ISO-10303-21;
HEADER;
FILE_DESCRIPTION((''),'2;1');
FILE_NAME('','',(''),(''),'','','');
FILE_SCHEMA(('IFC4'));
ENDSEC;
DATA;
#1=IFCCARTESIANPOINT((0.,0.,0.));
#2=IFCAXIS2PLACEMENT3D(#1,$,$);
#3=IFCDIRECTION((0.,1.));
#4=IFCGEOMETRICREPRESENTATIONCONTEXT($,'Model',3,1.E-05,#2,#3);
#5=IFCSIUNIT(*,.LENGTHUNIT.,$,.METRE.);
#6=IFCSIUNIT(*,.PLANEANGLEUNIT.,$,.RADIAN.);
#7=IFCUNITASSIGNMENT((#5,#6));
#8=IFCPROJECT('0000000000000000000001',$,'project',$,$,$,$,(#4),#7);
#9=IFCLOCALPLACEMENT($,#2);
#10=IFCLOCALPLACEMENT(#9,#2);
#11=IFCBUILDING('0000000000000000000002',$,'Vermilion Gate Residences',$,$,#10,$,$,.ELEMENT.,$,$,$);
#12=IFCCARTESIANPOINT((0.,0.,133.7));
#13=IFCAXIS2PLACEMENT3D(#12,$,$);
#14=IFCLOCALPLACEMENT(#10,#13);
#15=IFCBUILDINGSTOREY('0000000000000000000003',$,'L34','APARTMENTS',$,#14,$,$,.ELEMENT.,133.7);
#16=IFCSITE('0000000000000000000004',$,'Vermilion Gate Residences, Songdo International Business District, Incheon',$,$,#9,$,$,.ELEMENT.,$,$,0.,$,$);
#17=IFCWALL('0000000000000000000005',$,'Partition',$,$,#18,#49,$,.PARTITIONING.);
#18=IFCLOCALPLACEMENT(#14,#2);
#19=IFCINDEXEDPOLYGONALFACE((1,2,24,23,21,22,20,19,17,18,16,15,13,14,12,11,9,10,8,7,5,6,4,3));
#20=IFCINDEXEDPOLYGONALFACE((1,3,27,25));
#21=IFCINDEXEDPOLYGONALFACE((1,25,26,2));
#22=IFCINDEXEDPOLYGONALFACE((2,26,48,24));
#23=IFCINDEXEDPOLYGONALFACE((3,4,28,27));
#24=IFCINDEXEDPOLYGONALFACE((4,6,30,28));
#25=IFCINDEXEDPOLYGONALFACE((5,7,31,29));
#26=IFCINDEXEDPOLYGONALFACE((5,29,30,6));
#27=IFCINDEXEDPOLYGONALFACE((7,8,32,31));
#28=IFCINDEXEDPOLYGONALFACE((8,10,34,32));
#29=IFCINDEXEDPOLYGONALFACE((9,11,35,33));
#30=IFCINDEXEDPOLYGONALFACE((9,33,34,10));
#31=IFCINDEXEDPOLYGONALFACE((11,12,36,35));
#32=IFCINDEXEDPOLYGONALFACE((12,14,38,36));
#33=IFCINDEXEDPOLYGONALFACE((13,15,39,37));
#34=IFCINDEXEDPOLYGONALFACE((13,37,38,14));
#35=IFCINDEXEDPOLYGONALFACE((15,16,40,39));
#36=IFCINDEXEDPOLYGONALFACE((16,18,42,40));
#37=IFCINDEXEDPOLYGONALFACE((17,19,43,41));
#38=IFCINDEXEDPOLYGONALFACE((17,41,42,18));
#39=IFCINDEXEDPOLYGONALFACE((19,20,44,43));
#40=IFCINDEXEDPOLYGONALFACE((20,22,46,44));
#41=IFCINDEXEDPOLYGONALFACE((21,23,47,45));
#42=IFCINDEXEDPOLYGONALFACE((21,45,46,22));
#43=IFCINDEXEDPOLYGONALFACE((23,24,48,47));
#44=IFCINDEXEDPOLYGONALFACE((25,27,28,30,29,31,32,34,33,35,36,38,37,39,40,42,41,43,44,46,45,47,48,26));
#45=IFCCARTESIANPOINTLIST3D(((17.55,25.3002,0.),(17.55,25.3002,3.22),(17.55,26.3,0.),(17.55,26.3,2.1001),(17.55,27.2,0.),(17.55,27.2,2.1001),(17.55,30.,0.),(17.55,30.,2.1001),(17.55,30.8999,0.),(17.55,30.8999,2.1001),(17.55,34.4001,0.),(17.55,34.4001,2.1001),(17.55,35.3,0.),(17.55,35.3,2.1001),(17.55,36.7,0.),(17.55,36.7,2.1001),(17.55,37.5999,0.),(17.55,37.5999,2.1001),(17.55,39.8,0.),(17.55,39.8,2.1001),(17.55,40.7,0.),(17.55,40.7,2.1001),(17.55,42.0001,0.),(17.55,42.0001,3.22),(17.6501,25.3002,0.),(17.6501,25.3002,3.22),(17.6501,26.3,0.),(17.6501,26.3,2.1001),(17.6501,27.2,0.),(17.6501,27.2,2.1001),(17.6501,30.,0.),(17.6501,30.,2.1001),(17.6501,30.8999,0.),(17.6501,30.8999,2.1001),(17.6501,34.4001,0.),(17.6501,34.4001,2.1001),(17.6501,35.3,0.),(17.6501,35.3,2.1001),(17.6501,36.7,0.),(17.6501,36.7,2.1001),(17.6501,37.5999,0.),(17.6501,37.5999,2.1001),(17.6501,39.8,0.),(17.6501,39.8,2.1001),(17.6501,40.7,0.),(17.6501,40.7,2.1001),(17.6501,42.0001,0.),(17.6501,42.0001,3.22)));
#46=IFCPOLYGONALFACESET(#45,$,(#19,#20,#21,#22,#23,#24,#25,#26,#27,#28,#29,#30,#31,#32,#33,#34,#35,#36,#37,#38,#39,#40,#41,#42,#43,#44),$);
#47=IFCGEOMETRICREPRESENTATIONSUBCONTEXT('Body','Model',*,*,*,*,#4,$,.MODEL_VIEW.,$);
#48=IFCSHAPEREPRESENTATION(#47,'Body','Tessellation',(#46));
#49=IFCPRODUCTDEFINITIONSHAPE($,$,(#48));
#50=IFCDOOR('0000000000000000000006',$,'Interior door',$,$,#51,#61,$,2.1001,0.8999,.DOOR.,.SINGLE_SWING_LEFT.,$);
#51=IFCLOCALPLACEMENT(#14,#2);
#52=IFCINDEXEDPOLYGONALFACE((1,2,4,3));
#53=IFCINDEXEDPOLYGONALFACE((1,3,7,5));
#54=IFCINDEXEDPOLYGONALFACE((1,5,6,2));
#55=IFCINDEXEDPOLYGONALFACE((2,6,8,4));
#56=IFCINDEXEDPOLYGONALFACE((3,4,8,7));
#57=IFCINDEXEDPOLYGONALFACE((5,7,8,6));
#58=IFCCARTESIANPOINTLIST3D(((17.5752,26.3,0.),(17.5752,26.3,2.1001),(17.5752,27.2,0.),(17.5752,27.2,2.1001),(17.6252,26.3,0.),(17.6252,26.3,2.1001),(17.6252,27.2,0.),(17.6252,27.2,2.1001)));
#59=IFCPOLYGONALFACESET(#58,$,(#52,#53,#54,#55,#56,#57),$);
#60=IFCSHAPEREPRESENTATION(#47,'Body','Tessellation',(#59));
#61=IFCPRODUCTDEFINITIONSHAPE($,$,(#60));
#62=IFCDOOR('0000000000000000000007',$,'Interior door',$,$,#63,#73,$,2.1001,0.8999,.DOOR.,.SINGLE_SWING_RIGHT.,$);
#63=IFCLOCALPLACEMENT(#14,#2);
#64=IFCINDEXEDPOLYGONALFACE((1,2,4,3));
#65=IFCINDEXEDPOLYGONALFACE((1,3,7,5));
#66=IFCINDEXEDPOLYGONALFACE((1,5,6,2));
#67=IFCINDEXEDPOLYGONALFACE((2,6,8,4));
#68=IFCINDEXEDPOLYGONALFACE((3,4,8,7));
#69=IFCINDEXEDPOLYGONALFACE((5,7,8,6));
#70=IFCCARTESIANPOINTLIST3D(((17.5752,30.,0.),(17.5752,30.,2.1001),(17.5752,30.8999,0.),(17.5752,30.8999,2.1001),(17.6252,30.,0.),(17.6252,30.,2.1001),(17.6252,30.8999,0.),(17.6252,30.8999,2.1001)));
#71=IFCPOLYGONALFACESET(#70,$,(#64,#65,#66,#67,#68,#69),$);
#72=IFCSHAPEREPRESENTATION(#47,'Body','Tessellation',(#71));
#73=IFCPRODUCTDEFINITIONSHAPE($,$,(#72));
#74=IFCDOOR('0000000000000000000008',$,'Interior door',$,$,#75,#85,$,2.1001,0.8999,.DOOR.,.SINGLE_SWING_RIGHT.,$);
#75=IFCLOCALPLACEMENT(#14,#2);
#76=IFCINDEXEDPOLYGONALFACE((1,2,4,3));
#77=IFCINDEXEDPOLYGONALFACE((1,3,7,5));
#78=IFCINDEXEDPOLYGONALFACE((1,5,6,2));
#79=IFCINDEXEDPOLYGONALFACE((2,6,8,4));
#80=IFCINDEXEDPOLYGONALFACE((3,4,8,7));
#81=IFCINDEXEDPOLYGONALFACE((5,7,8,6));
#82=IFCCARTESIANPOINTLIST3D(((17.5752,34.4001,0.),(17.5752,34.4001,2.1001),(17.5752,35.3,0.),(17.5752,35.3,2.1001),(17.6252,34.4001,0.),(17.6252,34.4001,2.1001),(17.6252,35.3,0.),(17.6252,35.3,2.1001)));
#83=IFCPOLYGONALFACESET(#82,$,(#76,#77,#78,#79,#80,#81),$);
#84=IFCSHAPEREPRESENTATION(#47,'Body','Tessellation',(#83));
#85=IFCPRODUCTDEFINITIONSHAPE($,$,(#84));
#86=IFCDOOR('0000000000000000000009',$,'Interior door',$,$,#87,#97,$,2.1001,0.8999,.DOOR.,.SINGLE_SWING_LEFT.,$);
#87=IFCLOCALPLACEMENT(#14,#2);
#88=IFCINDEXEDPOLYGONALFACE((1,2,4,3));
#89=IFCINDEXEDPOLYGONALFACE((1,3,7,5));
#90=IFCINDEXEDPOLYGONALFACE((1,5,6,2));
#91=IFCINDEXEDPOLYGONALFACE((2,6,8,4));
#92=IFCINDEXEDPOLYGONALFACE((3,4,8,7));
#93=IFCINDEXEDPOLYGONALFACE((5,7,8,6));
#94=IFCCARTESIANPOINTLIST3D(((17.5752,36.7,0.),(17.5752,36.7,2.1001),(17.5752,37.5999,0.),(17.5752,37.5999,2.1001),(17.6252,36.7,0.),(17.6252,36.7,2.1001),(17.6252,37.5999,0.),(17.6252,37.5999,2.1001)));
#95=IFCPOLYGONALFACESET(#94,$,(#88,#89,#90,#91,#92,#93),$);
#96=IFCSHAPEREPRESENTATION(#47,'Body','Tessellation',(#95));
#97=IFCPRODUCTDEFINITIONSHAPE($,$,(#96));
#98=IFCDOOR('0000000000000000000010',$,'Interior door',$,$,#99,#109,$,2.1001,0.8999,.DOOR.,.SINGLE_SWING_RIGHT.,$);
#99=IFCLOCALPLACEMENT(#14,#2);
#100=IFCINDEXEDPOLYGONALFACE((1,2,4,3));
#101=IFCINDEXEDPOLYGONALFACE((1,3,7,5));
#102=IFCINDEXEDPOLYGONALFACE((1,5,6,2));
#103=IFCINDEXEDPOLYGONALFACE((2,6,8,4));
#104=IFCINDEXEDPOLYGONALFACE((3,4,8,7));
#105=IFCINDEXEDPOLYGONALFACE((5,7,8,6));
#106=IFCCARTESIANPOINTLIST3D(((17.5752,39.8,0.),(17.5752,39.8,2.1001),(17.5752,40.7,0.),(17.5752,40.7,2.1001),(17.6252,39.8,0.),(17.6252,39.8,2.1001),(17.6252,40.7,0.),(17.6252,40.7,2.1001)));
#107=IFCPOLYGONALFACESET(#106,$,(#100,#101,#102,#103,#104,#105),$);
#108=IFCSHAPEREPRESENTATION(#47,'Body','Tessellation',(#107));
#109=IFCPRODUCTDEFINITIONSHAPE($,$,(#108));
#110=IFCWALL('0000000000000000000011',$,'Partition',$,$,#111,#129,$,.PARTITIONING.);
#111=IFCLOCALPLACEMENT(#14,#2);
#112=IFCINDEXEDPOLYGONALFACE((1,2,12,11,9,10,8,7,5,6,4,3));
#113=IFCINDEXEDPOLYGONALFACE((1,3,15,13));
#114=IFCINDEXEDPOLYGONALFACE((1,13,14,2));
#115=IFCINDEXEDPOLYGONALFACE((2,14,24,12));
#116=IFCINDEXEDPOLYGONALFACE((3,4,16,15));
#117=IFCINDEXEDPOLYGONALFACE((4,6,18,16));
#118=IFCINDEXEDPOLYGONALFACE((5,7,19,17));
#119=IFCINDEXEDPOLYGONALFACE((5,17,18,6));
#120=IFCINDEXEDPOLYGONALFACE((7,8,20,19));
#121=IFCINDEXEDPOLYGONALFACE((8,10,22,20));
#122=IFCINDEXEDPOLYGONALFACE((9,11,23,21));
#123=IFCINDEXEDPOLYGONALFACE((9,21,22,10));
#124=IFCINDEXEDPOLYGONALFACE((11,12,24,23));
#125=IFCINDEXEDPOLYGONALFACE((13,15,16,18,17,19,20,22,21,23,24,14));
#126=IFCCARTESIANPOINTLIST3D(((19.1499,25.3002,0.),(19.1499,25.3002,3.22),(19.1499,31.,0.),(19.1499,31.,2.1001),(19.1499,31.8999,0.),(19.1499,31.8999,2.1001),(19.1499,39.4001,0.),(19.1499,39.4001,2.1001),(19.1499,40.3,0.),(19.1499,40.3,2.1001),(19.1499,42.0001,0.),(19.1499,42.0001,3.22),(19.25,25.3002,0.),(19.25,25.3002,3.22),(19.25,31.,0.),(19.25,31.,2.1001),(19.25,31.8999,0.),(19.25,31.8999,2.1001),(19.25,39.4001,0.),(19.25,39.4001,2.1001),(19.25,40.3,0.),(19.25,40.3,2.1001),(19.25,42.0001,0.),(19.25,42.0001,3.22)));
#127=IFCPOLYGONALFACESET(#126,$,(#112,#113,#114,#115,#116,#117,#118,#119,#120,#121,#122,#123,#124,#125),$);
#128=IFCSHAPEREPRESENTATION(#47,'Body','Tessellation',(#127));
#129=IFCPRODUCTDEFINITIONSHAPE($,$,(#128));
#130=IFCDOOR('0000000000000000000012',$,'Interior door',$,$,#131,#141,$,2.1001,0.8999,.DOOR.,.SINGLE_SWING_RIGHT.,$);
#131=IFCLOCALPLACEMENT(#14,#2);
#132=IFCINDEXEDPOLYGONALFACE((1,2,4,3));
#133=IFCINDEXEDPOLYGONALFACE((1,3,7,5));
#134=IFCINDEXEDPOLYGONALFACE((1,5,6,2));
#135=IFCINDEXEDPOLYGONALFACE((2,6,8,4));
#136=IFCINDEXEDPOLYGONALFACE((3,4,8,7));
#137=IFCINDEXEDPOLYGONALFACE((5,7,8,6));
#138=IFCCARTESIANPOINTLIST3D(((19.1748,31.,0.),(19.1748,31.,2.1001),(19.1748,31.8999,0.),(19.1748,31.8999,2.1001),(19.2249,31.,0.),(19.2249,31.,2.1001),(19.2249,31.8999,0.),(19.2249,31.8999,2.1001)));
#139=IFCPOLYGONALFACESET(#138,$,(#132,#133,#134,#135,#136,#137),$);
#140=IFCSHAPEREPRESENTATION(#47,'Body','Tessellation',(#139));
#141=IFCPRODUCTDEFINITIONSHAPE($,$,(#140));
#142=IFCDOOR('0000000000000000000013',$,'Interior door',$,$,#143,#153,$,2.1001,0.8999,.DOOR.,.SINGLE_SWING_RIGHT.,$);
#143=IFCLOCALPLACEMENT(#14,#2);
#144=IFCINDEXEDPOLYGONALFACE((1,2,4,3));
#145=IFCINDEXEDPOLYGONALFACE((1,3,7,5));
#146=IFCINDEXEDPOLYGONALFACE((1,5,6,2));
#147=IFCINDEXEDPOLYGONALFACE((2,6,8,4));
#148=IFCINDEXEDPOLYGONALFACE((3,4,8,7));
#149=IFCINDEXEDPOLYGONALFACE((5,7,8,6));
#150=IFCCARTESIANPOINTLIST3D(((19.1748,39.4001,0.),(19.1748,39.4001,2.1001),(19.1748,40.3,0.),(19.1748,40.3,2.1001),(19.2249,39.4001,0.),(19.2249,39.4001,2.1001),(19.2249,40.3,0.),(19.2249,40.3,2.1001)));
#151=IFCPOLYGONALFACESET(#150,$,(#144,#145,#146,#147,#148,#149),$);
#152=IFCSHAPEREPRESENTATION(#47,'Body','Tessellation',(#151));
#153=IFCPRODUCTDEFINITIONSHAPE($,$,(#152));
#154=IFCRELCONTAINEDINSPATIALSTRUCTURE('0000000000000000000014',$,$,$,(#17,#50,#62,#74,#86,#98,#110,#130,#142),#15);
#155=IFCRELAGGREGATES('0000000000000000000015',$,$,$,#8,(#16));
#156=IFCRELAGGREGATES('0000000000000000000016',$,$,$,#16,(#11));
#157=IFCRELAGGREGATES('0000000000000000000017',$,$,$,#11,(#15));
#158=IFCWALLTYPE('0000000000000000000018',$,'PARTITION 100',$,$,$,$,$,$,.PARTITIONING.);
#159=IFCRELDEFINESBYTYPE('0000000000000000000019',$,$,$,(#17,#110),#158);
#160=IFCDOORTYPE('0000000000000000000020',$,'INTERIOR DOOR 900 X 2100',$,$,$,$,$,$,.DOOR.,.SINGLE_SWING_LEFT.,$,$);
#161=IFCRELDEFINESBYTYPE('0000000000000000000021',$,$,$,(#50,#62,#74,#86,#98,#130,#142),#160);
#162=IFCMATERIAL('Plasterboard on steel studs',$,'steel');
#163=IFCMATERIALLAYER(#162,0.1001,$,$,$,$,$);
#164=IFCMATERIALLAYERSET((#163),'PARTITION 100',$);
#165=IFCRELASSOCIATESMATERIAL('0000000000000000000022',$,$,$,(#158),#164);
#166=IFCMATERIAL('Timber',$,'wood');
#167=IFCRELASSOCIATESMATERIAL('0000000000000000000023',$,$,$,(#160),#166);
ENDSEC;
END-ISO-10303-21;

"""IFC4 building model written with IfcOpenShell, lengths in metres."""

from ifc_helpers import new_model, si_unit, direction, frame, frame_2d, origin, place, context, subcontext, project, spatial, rectangle, extrude, material, layer, layer_set, type_object, element, fill, save


model = new_model("IFC4")

# Units and contexts
model_context = context("Model", 3, precision=1e-05, world=origin(), true_north=direction((0.0, 1.0)))
body_context = subcontext(model_context, "Body", "Model", "MODEL_VIEW")
ifc_project = project(units=[si_unit("LENGTHUNIT", "METRE"), si_unit("PLANEANGLEUNIT", "RADIAN")], contexts=[model_context])

# Site, building, storey
site_placement = place(None, origin())
site = spatial("IfcSite", under=ifc_project, at=site_placement, Name="Vermilion Gate Residences, Songdo International Business District, Incheon", CompositionType="ELEMENT", RefElevation=0.0)
building_placement = place(site_placement, origin())
building = spatial("IfcBuilding", under=site, at=building_placement, Name="Vermilion Gate Residences", CompositionType="ELEMENT")
storey_placement = place(building_placement, frame((0.0, 0.0, 133.7)))
storey = spatial("IfcBuildingStorey", under=building, at=storey_placement, Name="L34", Description="APARTMENTS", CompositionType="ELEMENT", Elevation=133.7)

# Shared definitions
ifc_material_1 = material(Name="Plasterboard on steel studs", Category="steel")
ifc_layer_1 = layer(ifc_material_1, 0.1001)
ifc_layer_set_1 = layer_set([ifc_layer_1], Name="PARTITION 100")
wall_type = type_object("IfcWallType", Name="PARTITION 100", PredefinedType="PARTITIONING", material=ifc_layer_set_1)

# Walls, openings, doors
wall_1_placement = place(storey_placement, frame((17.6001, 25.3, 0.0), z_axis=(0.0, 0.0, 1.0), x_axis=(0.0, 1.0, 0.0)))
wall_1 = element("IfcWall", 1, at=wall_1_placement, inside=storey, type_object=wall_type, Name="Partition", PredefinedType="PARTITIONING", context=body_context, shape_type="SweptSolid", body=[
    extrude(rectangle(XDim=16.7, YDim=0.1001, at=frame_2d((8.3501, 0.0))), origin(), (0.0, 0.0, 1.0), 3.22),
])
opening_1_placement = place(wall_1_placement, frame((1.0, 0.0, 0.0)))
opening_1 = element("IfcOpeningElement", 2, at=opening_1_placement, cuts=wall_1, PredefinedType="OPENING", context=body_context, shape_type="SweptSolid", body=[
    extrude(rectangle(XDim=0.8999, YDim=2.1001, at=frame_2d((0.45, 1.05))), frame((0.0, 0.0601, 0.0), z_axis=(0.0, -1.0, 0.0), x_axis=(1.0, 0.0, 0.0)), (0.0, 0.0, 1.0), 0.1201),
])
opening_2_placement = place(wall_1_placement, frame((4.7, 0.0, 0.0)))
opening_2 = element("IfcOpeningElement", 3, at=opening_2_placement, cuts=wall_1, PredefinedType="OPENING", context=body_context, shape_type="SweptSolid", body=[
    extrude(rectangle(XDim=0.8999, YDim=2.1001, at=frame_2d((0.45, 1.05))), frame((0.0, 0.0601, 0.0), z_axis=(0.0, -1.0, 0.0), x_axis=(1.0, 0.0, 0.0)), (0.0, 0.0, 1.0), 0.1201),
])
opening_3_placement = place(wall_1_placement, frame((9.1001, 0.0, 0.0)))
opening_3 = element("IfcOpeningElement", 4, at=opening_3_placement, cuts=wall_1, PredefinedType="OPENING", context=body_context, shape_type="SweptSolid", body=[
    extrude(rectangle(XDim=0.8999, YDim=2.1001, at=frame_2d((0.45, 1.05))), frame((0.0, 0.0601, 0.0), z_axis=(0.0, -1.0, 0.0), x_axis=(1.0, 0.0, 0.0)), (0.0, 0.0, 1.0), 0.1201),
])
opening_4_placement = place(wall_1_placement, frame((11.3999, 0.0, 0.0)))
opening_4 = element("IfcOpeningElement", 5, at=opening_4_placement, cuts=wall_1, PredefinedType="OPENING", context=body_context, shape_type="SweptSolid", body=[
    extrude(rectangle(XDim=0.8999, YDim=2.1001, at=frame_2d((0.45, 1.05))), frame((0.0, 0.0601, 0.0), z_axis=(0.0, -1.0, 0.0), x_axis=(1.0, 0.0, 0.0)), (0.0, 0.0, 1.0), 0.1201),
])
opening_5_placement = place(wall_1_placement, frame((14.5, 0.0, 0.0)))
opening_5 = element("IfcOpeningElement", 6, at=opening_5_placement, cuts=wall_1, PredefinedType="OPENING", context=body_context, shape_type="SweptSolid", body=[
    extrude(rectangle(XDim=0.8999, YDim=2.1001, at=frame_2d((0.45, 1.05))), frame((0.0, 0.0601, 0.0), z_axis=(0.0, -1.0, 0.0), x_axis=(1.0, 0.0, 0.0)), (0.0, 0.0, 1.0), 0.1201),
])
ifc_material_2 = material(Name="Timber", Category="wood")
door_type = type_object("IfcDoorType", Name="INTERIOR DOOR 900 X 2100", OperationType="SINGLE_SWING_LEFT", PredefinedType="DOOR", material=ifc_material_2)
door_1_placement = place(opening_1_placement, origin())
door_1 = element("IfcDoor", 7, at=door_1_placement, inside=storey, type_object=door_type, Name="Interior door", OperationType="SINGLE_SWING_LEFT", OverallHeight=2.1001, OverallWidth=0.8999, PredefinedType="DOOR", context=body_context, shape_type="SweptSolid", body=[
    extrude(rectangle(XDim=0.8999, YDim=2.1001, at=frame_2d((0.45, 1.05))), frame((0.0, 0.0249, 0.0), z_axis=(0.0, -1.0, 0.0), x_axis=(1.0, 0.0, 0.0)), (0.0, 0.0, 1.0), 0.05),
])
fill(opening_1, door_1)
door_2_placement = place(opening_2_placement, origin())
door_2 = element("IfcDoor", 8, at=door_2_placement, inside=storey, type_object=door_type, Name="Interior door", OperationType="SINGLE_SWING_RIGHT", OverallHeight=2.1001, OverallWidth=0.8999, PredefinedType="DOOR", context=body_context, shape_type="SweptSolid", body=[
    extrude(rectangle(XDim=0.8999, YDim=2.1001, at=frame_2d((0.45, 1.05))), frame((0.0, 0.0249, 0.0), z_axis=(0.0, -1.0, 0.0), x_axis=(1.0, 0.0, 0.0)), (0.0, 0.0, 1.0), 0.05),
])
fill(opening_2, door_2)
door_3_placement = place(opening_3_placement, origin())
door_3 = element("IfcDoor", 9, at=door_3_placement, inside=storey, type_object=door_type, Name="Interior door", OperationType="SINGLE_SWING_RIGHT", OverallHeight=2.1001, OverallWidth=0.8999, PredefinedType="DOOR", context=body_context, shape_type="SweptSolid", body=[
    extrude(rectangle(XDim=0.8999, YDim=2.1001, at=frame_2d((0.45, 1.05))), frame((0.0, 0.0249, 0.0), z_axis=(0.0, -1.0, 0.0), x_axis=(1.0, 0.0, 0.0)), (0.0, 0.0, 1.0), 0.05),
])
fill(opening_3, door_3)
door_4_placement = place(opening_4_placement, origin())
door_4 = element("IfcDoor", 10, at=door_4_placement, inside=storey, type_object=door_type, Name="Interior door", OperationType="SINGLE_SWING_LEFT", OverallHeight=2.1001, OverallWidth=0.8999, PredefinedType="DOOR", context=body_context, shape_type="SweptSolid", body=[
    extrude(rectangle(XDim=0.8999, YDim=2.1001, at=frame_2d((0.45, 1.05))), frame((0.0, 0.0249, 0.0), z_axis=(0.0, -1.0, 0.0), x_axis=(1.0, 0.0, 0.0)), (0.0, 0.0, 1.0), 0.05),
])
fill(opening_4, door_4)
door_5_placement = place(opening_5_placement, origin())
door_5 = element("IfcDoor", 11, at=door_5_placement, inside=storey, type_object=door_type, Name="Interior door", OperationType="SINGLE_SWING_RIGHT", OverallHeight=2.1001, OverallWidth=0.8999, PredefinedType="DOOR", context=body_context, shape_type="SweptSolid", body=[
    extrude(rectangle(XDim=0.8999, YDim=2.1001, at=frame_2d((0.45, 1.05))), frame((0.0, 0.0249, 0.0), z_axis=(0.0, -1.0, 0.0), x_axis=(1.0, 0.0, 0.0)), (0.0, 0.0, 1.0), 0.05),
])
fill(opening_5, door_5)
wall_2_placement = place(storey_placement, frame((19.2, 25.3, 0.0), z_axis=(0.0, 0.0, 1.0), x_axis=(0.0, 1.0, 0.0)))
wall_2 = element("IfcWall", 12, at=wall_2_placement, inside=storey, type_object=wall_type, Name="Partition", PredefinedType="PARTITIONING", context=body_context, shape_type="SweptSolid", body=[
    extrude(rectangle(XDim=16.7, YDim=0.1001, at=frame_2d((8.3501, 0.0))), origin(), (0.0, 0.0, 1.0), 3.22),
])
opening_6_placement = place(wall_2_placement, frame((5.7, 0.0, 0.0)))
opening_6 = element("IfcOpeningElement", 13, at=opening_6_placement, cuts=wall_2, PredefinedType="OPENING", context=body_context, shape_type="SweptSolid", body=[
    extrude(rectangle(XDim=0.8999, YDim=2.1001, at=frame_2d((0.45, 1.05))), frame((0.0, 0.0601, 0.0), z_axis=(0.0, -1.0, 0.0), x_axis=(1.0, 0.0, 0.0)), (0.0, 0.0, 1.0), 0.1201),
])
opening_7_placement = place(wall_2_placement, frame((14.1001, 0.0, 0.0)))
opening_7 = element("IfcOpeningElement", 14, at=opening_7_placement, cuts=wall_2, PredefinedType="OPENING", context=body_context, shape_type="SweptSolid", body=[
    extrude(rectangle(XDim=0.8999, YDim=2.1001, at=frame_2d((0.45, 1.05))), frame((0.0, 0.0601, 0.0), z_axis=(0.0, -1.0, 0.0), x_axis=(1.0, 0.0, 0.0)), (0.0, 0.0, 1.0), 0.1201),
])
door_6_placement = place(opening_6_placement, frame((0.8999, 0.0, 0.0), z_axis=(0.0, 0.0, 1.0), x_axis=(-1.0, 0.0, 0.0)))
door_6 = element("IfcDoor", 15, at=door_6_placement, inside=storey, type_object=door_type, Name="Interior door", OperationType="SINGLE_SWING_RIGHT", OverallHeight=2.1001, OverallWidth=0.8999, PredefinedType="DOOR", context=body_context, shape_type="SweptSolid", body=[
    extrude(rectangle(XDim=0.8999, YDim=2.1001, at=frame_2d((0.45, 1.05))), frame((0.0, 0.0249, 0.0), z_axis=(0.0, -1.0, 0.0), x_axis=(1.0, 0.0, 0.0)), (0.0, 0.0, 1.0), 0.05),
])
fill(opening_6, door_6)
door_7_placement = place(opening_7_placement, frame((0.8999, 0.0, 0.0), z_axis=(0.0, 0.0, 1.0), x_axis=(-1.0, 0.0, 0.0)))
door_7 = element("IfcDoor", 16, at=door_7_placement, inside=storey, type_object=door_type, Name="Interior door", OperationType="SINGLE_SWING_RIGHT", OverallHeight=2.1001, OverallWidth=0.8999, PredefinedType="DOOR", context=body_context, shape_type="SweptSolid", body=[
    extrude(rectangle(XDim=0.8999, YDim=2.1001, at=frame_2d((0.45, 1.05))), frame((0.0, 0.0249, 0.0), z_axis=(0.0, -1.0, 0.0), x_axis=(1.0, 0.0, 0.0)), (0.0, 0.0, 1.0), 0.05),
])
fill(opening_7, door_7)

save(model, "model.ifc")
